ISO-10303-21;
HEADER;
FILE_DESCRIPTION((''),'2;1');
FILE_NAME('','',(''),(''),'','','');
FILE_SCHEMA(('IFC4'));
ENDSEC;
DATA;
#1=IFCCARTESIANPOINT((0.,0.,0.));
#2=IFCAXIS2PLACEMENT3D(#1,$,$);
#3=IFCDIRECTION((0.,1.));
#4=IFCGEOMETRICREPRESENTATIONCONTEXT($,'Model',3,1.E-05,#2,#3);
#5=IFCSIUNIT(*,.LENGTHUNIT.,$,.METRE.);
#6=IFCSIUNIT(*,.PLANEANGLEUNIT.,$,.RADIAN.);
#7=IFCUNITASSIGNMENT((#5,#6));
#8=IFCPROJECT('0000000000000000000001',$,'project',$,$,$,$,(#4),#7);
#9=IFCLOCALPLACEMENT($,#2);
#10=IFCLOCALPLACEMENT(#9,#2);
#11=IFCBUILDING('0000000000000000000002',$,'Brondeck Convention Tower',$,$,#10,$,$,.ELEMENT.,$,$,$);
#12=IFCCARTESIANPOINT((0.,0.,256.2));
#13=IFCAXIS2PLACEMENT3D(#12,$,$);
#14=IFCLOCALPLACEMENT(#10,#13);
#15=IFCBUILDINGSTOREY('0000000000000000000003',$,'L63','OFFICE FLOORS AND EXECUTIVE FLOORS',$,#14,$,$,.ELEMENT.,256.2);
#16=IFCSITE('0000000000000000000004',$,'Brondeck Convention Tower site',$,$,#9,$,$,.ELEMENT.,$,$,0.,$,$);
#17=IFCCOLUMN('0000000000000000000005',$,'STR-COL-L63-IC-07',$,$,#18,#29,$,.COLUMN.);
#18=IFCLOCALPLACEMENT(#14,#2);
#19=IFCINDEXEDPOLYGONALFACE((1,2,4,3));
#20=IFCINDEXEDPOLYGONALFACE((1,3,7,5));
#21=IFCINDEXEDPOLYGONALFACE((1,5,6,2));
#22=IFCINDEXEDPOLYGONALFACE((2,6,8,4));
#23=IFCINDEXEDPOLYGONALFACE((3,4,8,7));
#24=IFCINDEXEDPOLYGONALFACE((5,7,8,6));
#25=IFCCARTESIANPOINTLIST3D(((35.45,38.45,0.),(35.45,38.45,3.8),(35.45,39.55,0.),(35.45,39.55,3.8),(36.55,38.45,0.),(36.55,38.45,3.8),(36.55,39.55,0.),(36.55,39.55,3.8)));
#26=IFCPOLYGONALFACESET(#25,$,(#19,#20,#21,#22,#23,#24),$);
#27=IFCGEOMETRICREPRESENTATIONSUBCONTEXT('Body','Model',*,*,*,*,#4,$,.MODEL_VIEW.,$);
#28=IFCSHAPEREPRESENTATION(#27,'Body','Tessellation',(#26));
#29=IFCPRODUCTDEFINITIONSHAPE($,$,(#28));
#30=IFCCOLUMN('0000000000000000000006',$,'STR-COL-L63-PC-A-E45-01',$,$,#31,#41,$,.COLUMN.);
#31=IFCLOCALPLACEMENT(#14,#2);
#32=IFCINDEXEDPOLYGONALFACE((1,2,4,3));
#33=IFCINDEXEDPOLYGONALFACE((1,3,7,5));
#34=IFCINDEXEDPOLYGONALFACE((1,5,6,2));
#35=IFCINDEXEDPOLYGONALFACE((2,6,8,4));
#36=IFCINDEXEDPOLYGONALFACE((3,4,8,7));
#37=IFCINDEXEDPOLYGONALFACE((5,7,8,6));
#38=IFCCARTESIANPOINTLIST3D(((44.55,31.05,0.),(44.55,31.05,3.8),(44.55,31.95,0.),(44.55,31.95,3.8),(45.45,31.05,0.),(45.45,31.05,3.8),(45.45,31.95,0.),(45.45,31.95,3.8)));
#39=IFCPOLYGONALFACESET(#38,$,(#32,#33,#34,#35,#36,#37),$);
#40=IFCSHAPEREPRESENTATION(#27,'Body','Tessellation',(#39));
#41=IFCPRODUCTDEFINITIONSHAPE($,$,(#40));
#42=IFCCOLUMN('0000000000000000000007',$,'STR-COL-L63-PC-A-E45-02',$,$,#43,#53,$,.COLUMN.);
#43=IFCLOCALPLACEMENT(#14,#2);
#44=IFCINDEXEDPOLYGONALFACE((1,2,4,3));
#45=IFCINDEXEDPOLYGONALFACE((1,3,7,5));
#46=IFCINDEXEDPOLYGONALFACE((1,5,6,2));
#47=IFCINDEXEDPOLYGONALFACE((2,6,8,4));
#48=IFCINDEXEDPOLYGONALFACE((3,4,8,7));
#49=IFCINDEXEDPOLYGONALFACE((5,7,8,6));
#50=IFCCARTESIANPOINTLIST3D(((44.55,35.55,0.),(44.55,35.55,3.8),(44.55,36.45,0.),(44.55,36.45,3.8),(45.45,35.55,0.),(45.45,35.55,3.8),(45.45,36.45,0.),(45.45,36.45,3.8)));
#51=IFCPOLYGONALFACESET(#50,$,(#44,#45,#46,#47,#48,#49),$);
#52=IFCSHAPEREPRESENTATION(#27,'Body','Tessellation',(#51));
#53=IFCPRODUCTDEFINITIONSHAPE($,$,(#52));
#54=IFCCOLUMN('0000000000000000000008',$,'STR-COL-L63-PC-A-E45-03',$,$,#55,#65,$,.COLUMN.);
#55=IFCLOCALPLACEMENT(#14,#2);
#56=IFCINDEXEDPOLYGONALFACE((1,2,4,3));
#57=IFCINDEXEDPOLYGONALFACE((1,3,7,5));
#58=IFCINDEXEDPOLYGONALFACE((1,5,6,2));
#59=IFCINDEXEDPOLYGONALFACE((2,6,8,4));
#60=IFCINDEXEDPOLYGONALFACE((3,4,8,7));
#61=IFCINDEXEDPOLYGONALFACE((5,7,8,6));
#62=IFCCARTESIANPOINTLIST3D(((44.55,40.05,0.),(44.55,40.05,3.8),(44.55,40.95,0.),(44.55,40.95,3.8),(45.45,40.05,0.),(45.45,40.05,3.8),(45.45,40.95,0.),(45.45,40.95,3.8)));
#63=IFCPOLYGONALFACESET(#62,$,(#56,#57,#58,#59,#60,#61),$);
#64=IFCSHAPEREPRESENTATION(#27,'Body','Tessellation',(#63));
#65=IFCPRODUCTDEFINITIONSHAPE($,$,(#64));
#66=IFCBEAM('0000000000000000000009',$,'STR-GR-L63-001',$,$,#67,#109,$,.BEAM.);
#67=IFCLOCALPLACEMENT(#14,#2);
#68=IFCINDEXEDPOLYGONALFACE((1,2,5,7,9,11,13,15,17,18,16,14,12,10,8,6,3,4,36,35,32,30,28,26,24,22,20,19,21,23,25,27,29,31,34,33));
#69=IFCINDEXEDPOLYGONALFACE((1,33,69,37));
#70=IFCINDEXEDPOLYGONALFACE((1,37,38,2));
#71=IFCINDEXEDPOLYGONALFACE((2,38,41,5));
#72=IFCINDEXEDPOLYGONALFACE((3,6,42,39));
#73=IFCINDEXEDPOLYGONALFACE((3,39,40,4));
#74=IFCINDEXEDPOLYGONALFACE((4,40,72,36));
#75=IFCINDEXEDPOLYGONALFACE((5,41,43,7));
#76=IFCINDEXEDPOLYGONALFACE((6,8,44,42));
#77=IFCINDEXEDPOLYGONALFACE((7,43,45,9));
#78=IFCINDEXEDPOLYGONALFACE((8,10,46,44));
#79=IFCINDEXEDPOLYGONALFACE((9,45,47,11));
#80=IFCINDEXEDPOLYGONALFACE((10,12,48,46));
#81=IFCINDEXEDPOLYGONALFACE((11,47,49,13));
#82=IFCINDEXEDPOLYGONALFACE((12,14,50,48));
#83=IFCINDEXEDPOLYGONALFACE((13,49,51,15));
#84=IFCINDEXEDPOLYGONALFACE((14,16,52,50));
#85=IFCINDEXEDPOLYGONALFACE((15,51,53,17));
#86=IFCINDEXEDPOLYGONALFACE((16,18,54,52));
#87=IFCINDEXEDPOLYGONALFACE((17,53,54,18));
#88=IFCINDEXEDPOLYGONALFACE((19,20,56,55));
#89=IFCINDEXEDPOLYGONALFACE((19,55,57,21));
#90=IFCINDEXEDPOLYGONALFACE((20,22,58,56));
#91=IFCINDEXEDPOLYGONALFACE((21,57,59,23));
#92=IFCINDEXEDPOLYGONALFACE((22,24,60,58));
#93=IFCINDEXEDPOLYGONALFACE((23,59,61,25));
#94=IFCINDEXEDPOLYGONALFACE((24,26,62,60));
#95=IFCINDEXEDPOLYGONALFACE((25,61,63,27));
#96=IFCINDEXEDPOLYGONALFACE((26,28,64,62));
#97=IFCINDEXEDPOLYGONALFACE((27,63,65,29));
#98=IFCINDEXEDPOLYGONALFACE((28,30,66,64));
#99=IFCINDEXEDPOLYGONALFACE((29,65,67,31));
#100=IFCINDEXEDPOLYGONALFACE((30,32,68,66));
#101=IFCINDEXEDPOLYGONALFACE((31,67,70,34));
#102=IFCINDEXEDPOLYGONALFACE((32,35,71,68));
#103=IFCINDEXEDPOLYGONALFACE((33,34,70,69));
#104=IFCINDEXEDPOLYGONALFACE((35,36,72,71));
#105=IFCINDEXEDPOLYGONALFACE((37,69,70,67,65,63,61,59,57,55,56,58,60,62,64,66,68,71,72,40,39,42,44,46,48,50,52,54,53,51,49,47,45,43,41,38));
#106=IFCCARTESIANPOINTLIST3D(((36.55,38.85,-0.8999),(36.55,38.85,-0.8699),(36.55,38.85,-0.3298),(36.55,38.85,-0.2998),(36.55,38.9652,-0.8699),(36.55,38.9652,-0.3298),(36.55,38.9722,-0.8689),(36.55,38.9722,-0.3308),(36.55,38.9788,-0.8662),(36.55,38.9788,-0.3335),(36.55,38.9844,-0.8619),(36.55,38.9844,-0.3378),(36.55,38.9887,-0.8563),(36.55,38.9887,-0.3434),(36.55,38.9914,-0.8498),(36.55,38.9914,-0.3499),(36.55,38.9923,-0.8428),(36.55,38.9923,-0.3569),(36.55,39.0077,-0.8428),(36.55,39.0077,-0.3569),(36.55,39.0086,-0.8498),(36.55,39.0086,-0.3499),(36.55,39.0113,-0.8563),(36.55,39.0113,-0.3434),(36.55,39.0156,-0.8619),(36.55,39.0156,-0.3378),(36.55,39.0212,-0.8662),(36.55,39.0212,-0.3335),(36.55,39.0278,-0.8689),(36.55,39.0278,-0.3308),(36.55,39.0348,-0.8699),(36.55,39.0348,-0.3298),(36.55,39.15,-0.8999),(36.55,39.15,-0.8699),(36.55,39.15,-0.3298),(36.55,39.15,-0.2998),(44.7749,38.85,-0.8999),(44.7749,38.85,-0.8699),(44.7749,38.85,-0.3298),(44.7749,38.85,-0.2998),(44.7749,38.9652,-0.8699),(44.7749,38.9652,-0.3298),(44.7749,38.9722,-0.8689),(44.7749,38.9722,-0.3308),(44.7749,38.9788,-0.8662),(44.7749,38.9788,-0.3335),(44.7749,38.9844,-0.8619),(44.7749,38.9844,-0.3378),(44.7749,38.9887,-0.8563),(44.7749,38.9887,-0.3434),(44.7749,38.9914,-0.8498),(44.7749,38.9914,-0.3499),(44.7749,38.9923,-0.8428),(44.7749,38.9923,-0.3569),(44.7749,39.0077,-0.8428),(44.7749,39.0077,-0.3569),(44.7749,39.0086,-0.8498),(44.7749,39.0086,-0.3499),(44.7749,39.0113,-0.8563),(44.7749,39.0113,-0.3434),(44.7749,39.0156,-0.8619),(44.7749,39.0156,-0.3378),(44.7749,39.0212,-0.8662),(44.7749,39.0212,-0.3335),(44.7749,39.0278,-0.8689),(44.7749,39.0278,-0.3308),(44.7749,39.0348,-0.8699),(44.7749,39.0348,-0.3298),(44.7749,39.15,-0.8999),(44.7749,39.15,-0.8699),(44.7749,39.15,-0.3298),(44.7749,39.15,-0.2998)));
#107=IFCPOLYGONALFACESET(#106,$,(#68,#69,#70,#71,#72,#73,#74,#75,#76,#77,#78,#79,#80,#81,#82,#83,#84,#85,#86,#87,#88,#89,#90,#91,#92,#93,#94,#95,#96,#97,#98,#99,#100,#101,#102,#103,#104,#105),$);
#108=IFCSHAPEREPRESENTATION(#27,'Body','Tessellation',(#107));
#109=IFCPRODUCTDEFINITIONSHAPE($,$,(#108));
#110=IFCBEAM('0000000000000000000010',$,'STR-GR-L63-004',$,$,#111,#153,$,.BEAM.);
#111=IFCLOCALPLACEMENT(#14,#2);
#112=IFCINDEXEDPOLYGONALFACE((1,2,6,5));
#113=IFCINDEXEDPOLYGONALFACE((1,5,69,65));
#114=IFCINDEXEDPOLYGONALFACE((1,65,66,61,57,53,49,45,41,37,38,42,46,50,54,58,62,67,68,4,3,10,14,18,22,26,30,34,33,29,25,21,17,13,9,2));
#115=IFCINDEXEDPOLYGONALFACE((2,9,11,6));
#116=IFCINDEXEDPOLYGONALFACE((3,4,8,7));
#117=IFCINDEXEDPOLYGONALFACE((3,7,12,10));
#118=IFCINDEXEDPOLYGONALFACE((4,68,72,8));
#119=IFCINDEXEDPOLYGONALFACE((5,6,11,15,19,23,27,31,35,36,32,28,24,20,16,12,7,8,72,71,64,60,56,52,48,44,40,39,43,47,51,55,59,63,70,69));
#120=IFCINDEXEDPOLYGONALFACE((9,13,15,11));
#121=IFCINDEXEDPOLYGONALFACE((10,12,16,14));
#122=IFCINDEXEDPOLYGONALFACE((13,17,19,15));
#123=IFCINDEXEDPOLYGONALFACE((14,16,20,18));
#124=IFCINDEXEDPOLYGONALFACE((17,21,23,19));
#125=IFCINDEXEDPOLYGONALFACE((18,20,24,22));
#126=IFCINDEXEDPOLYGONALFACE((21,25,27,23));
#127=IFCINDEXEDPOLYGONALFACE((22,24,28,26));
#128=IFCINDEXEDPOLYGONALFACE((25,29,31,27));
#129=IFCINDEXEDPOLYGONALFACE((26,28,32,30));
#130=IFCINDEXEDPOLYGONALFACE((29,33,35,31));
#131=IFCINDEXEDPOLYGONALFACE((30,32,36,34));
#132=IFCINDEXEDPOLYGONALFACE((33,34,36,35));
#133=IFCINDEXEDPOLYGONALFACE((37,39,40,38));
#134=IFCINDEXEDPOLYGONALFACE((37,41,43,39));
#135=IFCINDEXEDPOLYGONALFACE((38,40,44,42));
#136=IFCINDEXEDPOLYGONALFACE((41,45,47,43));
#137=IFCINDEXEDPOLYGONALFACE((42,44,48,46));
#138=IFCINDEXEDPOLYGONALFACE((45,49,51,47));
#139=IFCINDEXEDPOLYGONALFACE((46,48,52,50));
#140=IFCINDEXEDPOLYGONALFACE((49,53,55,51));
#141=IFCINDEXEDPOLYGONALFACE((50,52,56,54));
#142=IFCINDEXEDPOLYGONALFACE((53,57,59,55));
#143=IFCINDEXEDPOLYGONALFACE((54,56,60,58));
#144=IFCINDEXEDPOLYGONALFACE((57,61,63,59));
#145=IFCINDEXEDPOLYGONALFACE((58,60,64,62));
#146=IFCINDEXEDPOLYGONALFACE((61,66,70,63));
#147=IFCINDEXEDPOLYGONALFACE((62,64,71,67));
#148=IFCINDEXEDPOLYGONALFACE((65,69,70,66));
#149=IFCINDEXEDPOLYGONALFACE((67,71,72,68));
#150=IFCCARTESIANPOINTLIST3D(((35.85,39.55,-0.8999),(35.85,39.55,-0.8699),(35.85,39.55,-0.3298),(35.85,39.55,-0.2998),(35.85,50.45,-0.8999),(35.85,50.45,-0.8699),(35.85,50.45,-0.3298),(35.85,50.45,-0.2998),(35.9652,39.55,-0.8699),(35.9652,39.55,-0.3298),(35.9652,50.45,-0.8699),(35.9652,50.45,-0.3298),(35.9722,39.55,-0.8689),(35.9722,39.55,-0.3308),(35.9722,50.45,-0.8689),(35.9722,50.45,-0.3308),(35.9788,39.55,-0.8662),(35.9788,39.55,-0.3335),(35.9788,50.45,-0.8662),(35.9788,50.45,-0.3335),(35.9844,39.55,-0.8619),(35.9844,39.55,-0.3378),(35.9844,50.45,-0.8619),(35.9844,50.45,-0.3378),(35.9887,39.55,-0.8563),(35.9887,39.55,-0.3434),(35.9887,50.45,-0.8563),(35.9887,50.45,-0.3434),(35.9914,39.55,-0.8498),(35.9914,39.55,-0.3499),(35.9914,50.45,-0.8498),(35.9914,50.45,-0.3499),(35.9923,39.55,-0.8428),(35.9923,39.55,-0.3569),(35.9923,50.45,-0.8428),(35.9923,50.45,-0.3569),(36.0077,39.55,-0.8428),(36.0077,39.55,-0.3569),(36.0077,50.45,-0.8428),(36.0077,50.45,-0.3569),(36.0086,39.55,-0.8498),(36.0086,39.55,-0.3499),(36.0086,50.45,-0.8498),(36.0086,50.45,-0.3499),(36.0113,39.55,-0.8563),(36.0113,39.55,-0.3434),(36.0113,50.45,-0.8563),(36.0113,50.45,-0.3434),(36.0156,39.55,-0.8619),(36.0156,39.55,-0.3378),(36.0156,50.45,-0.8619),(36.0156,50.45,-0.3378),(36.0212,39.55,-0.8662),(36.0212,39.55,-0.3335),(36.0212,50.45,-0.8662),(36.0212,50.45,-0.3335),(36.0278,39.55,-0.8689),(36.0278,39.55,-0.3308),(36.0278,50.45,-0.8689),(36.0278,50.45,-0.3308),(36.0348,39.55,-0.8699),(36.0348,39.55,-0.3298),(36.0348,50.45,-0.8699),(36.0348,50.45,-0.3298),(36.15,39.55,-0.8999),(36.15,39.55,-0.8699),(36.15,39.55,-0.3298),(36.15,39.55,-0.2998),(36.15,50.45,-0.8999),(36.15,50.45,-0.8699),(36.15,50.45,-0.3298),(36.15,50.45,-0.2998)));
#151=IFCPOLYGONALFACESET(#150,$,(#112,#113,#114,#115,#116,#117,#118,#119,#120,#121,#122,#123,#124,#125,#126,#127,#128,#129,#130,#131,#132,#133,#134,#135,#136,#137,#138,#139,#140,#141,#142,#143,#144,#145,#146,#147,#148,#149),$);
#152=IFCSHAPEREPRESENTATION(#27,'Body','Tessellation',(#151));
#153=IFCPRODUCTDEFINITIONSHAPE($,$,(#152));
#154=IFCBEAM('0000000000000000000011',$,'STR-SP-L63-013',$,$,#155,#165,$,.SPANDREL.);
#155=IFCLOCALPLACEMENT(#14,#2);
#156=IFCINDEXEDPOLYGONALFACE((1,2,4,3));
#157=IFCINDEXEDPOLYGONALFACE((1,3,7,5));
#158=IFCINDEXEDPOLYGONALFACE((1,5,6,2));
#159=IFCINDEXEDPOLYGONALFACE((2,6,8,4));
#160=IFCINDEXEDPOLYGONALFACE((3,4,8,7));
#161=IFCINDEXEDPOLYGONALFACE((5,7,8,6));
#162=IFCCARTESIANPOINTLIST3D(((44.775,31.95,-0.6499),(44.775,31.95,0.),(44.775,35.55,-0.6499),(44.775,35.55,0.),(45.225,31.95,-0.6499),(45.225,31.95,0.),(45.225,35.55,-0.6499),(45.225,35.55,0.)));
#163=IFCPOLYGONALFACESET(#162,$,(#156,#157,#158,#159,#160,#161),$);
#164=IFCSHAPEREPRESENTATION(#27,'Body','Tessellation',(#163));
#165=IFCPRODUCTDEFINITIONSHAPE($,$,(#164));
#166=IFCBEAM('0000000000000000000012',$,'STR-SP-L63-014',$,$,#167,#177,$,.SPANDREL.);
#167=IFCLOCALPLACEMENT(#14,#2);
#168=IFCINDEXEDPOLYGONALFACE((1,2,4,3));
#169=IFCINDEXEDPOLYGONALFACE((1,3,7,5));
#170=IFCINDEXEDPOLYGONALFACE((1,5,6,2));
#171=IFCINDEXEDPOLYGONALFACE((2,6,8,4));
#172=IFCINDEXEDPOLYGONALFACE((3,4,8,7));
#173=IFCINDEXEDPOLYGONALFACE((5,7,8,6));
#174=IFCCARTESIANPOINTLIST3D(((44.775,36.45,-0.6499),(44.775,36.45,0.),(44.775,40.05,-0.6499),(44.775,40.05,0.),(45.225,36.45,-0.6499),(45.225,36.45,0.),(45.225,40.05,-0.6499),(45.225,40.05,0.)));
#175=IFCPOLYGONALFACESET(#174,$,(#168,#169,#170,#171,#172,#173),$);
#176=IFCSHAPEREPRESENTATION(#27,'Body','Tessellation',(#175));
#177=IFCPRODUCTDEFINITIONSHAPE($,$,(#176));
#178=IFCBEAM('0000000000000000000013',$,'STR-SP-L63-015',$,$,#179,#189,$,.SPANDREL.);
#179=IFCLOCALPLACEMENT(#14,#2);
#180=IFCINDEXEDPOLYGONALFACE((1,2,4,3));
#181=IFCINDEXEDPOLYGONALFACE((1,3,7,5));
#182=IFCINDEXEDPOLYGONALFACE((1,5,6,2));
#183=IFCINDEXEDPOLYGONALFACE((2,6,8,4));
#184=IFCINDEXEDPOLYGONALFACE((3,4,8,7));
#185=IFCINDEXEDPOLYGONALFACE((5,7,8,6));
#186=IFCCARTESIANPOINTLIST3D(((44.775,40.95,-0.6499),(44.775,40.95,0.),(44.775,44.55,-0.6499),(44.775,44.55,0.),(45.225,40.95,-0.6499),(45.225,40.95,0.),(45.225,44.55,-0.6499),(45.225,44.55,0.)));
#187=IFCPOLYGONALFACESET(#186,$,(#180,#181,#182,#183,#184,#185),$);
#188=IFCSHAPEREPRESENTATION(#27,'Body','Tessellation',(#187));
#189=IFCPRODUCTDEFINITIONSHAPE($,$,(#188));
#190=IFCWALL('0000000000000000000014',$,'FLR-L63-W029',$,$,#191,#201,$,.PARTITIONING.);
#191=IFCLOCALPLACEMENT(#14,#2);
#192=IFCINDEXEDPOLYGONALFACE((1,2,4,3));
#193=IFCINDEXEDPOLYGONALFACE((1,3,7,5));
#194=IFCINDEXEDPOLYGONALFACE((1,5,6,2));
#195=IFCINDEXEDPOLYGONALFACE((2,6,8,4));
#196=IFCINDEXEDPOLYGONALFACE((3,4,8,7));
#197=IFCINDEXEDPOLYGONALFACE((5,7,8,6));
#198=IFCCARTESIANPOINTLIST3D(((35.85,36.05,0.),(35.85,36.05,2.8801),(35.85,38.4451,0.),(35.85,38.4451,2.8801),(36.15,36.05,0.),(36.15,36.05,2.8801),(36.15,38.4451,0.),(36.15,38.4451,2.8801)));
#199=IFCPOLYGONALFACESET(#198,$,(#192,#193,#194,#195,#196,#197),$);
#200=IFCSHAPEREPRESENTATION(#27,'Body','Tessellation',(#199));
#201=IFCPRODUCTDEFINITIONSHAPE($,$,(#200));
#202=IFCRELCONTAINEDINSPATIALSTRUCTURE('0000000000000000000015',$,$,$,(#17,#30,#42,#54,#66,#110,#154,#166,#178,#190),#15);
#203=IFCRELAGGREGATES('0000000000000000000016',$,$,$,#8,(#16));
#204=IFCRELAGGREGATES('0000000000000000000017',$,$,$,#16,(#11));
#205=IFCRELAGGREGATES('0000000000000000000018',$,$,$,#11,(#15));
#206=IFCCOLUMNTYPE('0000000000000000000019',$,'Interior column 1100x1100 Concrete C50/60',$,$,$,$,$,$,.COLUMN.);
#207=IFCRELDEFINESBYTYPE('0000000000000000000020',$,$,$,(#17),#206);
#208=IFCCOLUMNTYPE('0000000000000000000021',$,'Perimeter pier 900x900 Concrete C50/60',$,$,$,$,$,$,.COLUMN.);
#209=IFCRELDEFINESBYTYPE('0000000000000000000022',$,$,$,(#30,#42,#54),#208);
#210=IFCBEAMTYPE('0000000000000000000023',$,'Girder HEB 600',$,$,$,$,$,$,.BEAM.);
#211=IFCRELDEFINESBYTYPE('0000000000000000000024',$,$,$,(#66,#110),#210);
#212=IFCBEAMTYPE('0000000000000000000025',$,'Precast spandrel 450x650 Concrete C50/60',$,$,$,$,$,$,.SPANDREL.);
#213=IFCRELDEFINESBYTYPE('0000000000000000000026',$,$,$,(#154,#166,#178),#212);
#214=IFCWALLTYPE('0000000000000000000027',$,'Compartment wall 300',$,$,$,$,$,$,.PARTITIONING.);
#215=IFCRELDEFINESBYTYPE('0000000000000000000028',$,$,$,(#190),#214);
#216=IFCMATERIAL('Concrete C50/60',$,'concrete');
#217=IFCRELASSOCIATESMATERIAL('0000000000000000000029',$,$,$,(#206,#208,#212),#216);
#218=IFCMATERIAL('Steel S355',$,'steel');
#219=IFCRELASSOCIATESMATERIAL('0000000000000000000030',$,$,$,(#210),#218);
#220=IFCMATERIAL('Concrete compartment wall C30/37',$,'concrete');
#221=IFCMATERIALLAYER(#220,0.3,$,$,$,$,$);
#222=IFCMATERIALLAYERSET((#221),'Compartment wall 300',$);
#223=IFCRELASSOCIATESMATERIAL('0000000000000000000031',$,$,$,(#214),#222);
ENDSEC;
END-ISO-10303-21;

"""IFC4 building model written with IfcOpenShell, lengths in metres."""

from ifc_helpers import new_model, si_unit, direction, frame, frame_2d, origin, origin_2d, place, context, subcontext, project, spatial, rectangle, i_section, extrude, material, layer, layer_set, material_profile, profile_set, type_object, element, save


model = new_model("IFC4")

# Units and contexts
model_context = context("Model", 3, precision=1e-05, world=origin(), true_north=direction((0.0, 1.0)))
body_context = subcontext(model_context, "Body", "Model", "MODEL_VIEW")
ifc_project = project(units=[si_unit("LENGTHUNIT", "METRE"), si_unit("PLANEANGLEUNIT", "RADIAN")], contexts=[model_context])

# Site, building, storey
site_placement = place(None, origin())
site = spatial("IfcSite", under=ifc_project, at=site_placement, Name="Brondeck Convention Tower site", CompositionType="ELEMENT", RefElevation=0.0)
building_placement = place(site_placement, origin())
building = spatial("IfcBuilding", under=site, at=building_placement, Name="Brondeck Convention Tower", CompositionType="ELEMENT")
storey_placement = place(building_placement, frame((0.0, 0.0, 256.2)))
storey = spatial("IfcBuildingStorey", under=building, at=storey_placement, Name="L63", Description="OFFICE FLOORS AND EXECUTIVE FLOORS", CompositionType="ELEMENT", Elevation=256.2)

# Columns
ifc_material_1 = material(Name="Concrete C50/60", Category="concrete")
ifc_material_profile_1 = material_profile(ifc_material_1, rectangle(XDim=1.1001, YDim=1.1001, at=origin_2d()), Name="Interior column 1100x1100 Concrete C50/60")
ifc_profile_set_1 = profile_set([ifc_material_profile_1], Name="Concrete C50/60")
column_type_1 = type_object("IfcColumnType", Name="Interior column 1100x1100 Concrete C50/60", PredefinedType="COLUMN", material=ifc_profile_set_1)
column_placement = place(storey_placement, frame((36.0, 39.0, 0.0), z_axis=(0.0, 0.0, 1.0), x_axis=(1.0, 0.0, 0.0)))
element("IfcColumn", 1, at=column_placement, inside=storey, type_object=column_type_1, Name="STR-COL-L63-IC-07", PredefinedType="COLUMN", context=body_context, shape_type="SweptSolid", body=[
    extrude(rectangle(XDim=1.1001, YDim=1.1001, at=origin_2d()), origin(), (0.0, 0.0, 1.0), 3.8),
])
ifc_material_profile_2 = material_profile(ifc_material_1, rectangle(XDim=0.8999, YDim=0.8999, at=origin_2d()), Name="Perimeter pier 900x900 Concrete C50/60")
ifc_profile_set_2 = profile_set([ifc_material_profile_2], Name="Concrete C50/60")
column_type_2 = type_object("IfcColumnType", Name="Perimeter pier 900x900 Concrete C50/60", PredefinedType="COLUMN", material=ifc_profile_set_2)
for number, where, z_axis, x_axis, name in (
    (2, (45.0, 31.5, 0.0), (0.0, 0.0, 1.0), (0.0, 1.0, 0.0), "STR-COL-L63-PC-A-E45-01"),
    (3, (45.0, 36.0, 0.0), (0.0, 0.0, 1.0), (0.0, 1.0, 0.0), "STR-COL-L63-PC-A-E45-02"),
    (4, (45.0, 40.5, 0.0), (0.0, 0.0, 1.0), (0.0, 1.0, 0.0), "STR-COL-L63-PC-A-E45-03"),
):
    element("IfcColumn", number, at=place(storey_placement, frame(where, z_axis=z_axis, x_axis=x_axis)), inside=storey, type_object=column_type_2, Name=name, PredefinedType="COLUMN", context=body_context, shape_type="SweptSolid", body=[
        extrude(rectangle(XDim=0.8999, YDim=0.8999, at=origin_2d()), origin(), (0.0, 0.0, 1.0), 3.8),
    ])

# Beams
ifc_material_2 = material(Name="Steel S355", Category="steel")
ifc_material_profile_3 = material_profile(ifc_material_2, i_section(OverallWidth=0.3, OverallDepth=0.6001, WebThickness=0.0154, FlangeThickness=0.03, FilletRadius=0.0271, at=origin_2d()), Name="HEB 600")
ifc_profile_set_3 = profile_set([ifc_material_profile_3], Name="Steel S355")
beam_type_1 = type_object("IfcBeamType", Name="Girder HEB 600", PredefinedType="BEAM", material=ifc_profile_set_3)
beam_1_placement = place(storey_placement, frame((36.55, 39.0, -0.5999), z_axis=(1.0, 0.0, 0.0), x_axis=(0.0, 1.0, 0.0)))
element("IfcBeam", 5, at=beam_1_placement, inside=storey, type_object=beam_type_1, Name="STR-GR-L63-001", PredefinedType="BEAM", context=body_context, shape_type="SweptSolid", body=[
    extrude(i_section(OverallWidth=0.3, OverallDepth=0.6001, WebThickness=0.0154, FlangeThickness=0.03, FilletRadius=0.0271, at=origin_2d()), origin(), (0.0, 0.0, 1.0), 8.2249),
])
beam_2_placement = place(storey_placement, frame((36.0, 39.55, -0.5999), z_axis=(0.0, 1.0, 0.0), x_axis=(-1.0, 0.0, 0.0)))
element("IfcBeam", 6, at=beam_2_placement, inside=storey, type_object=beam_type_1, Name="STR-GR-L63-004", PredefinedType="BEAM", context=body_context, shape_type="SweptSolid", body=[
    extrude(i_section(OverallWidth=0.3, OverallDepth=0.6001, WebThickness=0.0154, FlangeThickness=0.03, FilletRadius=0.0271, at=origin_2d()), origin(), (0.0, 0.0, 1.0), 10.8999),
])
ifc_material_profile_4 = material_profile(ifc_material_1, rectangle(XDim=0.45, YDim=0.6499, at=origin_2d()), Name="Precast spandrel 450x650 Concrete C50/60")
ifc_profile_set_4 = profile_set([ifc_material_profile_4], Name="Concrete C50/60")
beam_type_2 = type_object("IfcBeamType", Name="Precast spandrel 450x650 Concrete C50/60", PredefinedType="SPANDREL", material=ifc_profile_set_4)
for number, where, z_axis, x_axis, name in (
    (7, (45.0, 31.95, -0.325), (0.0, 1.0, 0.0), (-1.0, 0.0, 0.0), "STR-SP-L63-013"),
    (8, (45.0, 36.45, -0.325), (0.0, 1.0, 0.0), (-1.0, 0.0, 0.0), "STR-SP-L63-014"),
    (9, (45.0, 40.95, -0.325), (0.0, 1.0, 0.0), (-1.0, 0.0, 0.0), "STR-SP-L63-015"),
):
    element("IfcBeam", number, at=place(storey_placement, frame(where, z_axis=z_axis, x_axis=x_axis)), inside=storey, type_object=beam_type_2, Name=name, PredefinedType="SPANDREL", context=body_context, shape_type="SweptSolid", body=[
        extrude(rectangle(XDim=0.45, YDim=0.6499, at=origin_2d()), origin(), (0.0, 0.0, 1.0), 3.6001),
    ])

# Wall
ifc_material_3 = material(Name="Concrete compartment wall C30/37", Category="concrete")
ifc_layer_1 = layer(ifc_material_3, 0.3)
ifc_layer_set_1 = layer_set([ifc_layer_1], Name="Compartment wall 300")
wall_type_1 = type_object("IfcWallType", Name="Compartment wall 300", PredefinedType="PARTITIONING", material=ifc_layer_set_1)
wall_1_placement = place(storey_placement, frame((36.0, 36.05, 0.0), z_axis=(0.0, 0.0, 1.0), x_axis=(0.0, 1.0, 0.0)))
element("IfcWall", 10, at=wall_1_placement, inside=storey, type_object=wall_type_1, Name="FLR-L63-W029", PredefinedType="PARTITIONING", context=body_context, shape_type="SweptSolid", body=[
    extrude(rectangle(XDim=2.395, YDim=0.3, at=frame_2d((1.1975, 0.0))), origin(), (0.0, 0.0, 1.0), 2.8801),
])

save(model, "model.ifc")
